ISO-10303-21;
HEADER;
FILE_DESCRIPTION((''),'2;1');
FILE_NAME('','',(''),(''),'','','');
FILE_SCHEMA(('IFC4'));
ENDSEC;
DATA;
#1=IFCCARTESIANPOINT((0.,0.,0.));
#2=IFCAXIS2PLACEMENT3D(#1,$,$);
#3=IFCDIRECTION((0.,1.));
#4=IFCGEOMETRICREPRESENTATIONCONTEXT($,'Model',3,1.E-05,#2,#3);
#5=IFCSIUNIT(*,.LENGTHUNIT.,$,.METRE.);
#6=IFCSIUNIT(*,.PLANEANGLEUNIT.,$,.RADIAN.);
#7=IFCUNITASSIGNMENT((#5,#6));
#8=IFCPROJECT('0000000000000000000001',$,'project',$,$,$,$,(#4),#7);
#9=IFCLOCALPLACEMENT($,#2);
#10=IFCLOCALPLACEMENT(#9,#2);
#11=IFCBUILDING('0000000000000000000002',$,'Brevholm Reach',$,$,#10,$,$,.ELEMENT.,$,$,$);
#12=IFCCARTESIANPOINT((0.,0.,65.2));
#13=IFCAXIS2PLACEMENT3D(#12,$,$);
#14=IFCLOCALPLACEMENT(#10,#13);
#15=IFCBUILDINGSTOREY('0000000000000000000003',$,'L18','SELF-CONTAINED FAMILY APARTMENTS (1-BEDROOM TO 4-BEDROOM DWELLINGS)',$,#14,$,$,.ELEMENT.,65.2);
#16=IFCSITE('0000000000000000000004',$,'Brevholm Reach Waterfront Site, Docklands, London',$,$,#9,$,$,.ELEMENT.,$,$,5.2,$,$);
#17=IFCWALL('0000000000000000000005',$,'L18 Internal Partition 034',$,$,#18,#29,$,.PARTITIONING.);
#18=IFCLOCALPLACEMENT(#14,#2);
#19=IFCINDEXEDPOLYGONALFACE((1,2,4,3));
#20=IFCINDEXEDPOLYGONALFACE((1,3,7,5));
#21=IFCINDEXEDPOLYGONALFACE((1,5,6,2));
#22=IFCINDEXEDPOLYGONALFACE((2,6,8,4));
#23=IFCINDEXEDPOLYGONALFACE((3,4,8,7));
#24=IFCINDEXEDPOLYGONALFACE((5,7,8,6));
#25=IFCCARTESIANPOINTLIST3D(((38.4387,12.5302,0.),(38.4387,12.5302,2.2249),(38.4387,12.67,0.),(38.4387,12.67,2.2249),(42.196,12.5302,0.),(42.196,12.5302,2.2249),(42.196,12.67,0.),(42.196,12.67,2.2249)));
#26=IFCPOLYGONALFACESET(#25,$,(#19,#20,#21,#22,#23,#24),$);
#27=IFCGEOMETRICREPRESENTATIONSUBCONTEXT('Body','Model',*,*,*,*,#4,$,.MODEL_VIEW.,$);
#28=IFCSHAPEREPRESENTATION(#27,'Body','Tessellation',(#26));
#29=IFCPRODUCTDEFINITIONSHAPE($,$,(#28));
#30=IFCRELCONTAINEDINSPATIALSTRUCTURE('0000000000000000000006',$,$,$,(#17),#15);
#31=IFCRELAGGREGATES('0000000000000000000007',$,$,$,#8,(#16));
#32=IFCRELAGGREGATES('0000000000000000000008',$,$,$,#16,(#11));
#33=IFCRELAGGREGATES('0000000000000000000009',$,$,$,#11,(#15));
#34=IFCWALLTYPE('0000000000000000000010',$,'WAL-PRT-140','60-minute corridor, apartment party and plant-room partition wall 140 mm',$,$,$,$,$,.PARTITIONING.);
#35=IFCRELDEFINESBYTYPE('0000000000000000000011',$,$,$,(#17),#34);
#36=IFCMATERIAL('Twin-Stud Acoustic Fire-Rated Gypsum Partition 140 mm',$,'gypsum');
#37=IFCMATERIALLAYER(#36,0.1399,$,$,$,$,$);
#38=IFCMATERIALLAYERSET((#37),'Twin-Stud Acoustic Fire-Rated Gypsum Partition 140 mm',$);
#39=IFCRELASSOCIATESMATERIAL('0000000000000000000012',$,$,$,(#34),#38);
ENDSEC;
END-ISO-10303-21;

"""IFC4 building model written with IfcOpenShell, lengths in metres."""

from ifc_helpers import new_model, si_unit, direction, frame, frame_2d, origin, place, context, subcontext, project, spatial, rectangle, extrude, material, layer, layer_set, type_object, element, save


model = new_model("IFC4")

# Units and contexts
model_context = context("Model", 3, precision=1e-05, world=origin(), true_north=direction((0.0, 1.0)))
body_context = subcontext(model_context, "Body", "Model", "MODEL_VIEW")
ifc_project = project(units=[si_unit("LENGTHUNIT", "METRE"), si_unit("PLANEANGLEUNIT", "RADIAN")], contexts=[model_context])

# Site, building, storey
site_placement = place(None, origin())
site = spatial("IfcSite", under=ifc_project, at=site_placement, Name="Brevholm Reach Waterfront Site, Docklands, London", CompositionType="ELEMENT", RefElevation=5.2)
building_placement = place(site_placement, origin())
building = spatial("IfcBuilding", under=site, at=building_placement, Name="Brevholm Reach", CompositionType="ELEMENT")
storey_placement = place(building_placement, frame((0.0, 0.0, 65.2)))
storey = spatial("IfcBuildingStorey", under=building, at=storey_placement, Name="L18", Description="SELF-CONTAINED FAMILY APARTMENTS (1-BEDROOM TO 4-BEDROOM DWELLINGS)", CompositionType="ELEMENT", Elevation=65.2)

# Wall
ifc_material_1 = material(Name="Twin-Stud Acoustic Fire-Rated Gypsum Partition 140 mm", Category="gypsum")
ifc_layer_1 = layer(ifc_material_1, 0.1399)
ifc_layer_set_1 = layer_set([ifc_layer_1], Name="Twin-Stud Acoustic Fire-Rated Gypsum Partition 140 mm")
wall_type_1 = type_object("IfcWallType", Name="WAL-PRT-140", Description="60-minute corridor, apartment party and plant-room partition wall 140 mm", PredefinedType="PARTITIONING", material=ifc_layer_set_1)
wall_1_placement = place(storey_placement, frame((38.4387, 12.6001, 0.0), z_axis=(0.0, 0.0, 1.0), x_axis=(1.0, 0.0, 0.0)))
element("IfcWall", 1, at=wall_1_placement, inside=storey, type_object=wall_type_1, Name="L18 Internal Partition 034", PredefinedType="PARTITIONING", context=body_context, shape_type="SweptSolid", body=[
    extrude(rectangle(XDim=3.7573, YDim=0.1399, at=frame_2d((1.8787, 0.0))), origin(), (0.0, 0.0, 1.0), 2.2249),
])

save(model, "model.ifc")
